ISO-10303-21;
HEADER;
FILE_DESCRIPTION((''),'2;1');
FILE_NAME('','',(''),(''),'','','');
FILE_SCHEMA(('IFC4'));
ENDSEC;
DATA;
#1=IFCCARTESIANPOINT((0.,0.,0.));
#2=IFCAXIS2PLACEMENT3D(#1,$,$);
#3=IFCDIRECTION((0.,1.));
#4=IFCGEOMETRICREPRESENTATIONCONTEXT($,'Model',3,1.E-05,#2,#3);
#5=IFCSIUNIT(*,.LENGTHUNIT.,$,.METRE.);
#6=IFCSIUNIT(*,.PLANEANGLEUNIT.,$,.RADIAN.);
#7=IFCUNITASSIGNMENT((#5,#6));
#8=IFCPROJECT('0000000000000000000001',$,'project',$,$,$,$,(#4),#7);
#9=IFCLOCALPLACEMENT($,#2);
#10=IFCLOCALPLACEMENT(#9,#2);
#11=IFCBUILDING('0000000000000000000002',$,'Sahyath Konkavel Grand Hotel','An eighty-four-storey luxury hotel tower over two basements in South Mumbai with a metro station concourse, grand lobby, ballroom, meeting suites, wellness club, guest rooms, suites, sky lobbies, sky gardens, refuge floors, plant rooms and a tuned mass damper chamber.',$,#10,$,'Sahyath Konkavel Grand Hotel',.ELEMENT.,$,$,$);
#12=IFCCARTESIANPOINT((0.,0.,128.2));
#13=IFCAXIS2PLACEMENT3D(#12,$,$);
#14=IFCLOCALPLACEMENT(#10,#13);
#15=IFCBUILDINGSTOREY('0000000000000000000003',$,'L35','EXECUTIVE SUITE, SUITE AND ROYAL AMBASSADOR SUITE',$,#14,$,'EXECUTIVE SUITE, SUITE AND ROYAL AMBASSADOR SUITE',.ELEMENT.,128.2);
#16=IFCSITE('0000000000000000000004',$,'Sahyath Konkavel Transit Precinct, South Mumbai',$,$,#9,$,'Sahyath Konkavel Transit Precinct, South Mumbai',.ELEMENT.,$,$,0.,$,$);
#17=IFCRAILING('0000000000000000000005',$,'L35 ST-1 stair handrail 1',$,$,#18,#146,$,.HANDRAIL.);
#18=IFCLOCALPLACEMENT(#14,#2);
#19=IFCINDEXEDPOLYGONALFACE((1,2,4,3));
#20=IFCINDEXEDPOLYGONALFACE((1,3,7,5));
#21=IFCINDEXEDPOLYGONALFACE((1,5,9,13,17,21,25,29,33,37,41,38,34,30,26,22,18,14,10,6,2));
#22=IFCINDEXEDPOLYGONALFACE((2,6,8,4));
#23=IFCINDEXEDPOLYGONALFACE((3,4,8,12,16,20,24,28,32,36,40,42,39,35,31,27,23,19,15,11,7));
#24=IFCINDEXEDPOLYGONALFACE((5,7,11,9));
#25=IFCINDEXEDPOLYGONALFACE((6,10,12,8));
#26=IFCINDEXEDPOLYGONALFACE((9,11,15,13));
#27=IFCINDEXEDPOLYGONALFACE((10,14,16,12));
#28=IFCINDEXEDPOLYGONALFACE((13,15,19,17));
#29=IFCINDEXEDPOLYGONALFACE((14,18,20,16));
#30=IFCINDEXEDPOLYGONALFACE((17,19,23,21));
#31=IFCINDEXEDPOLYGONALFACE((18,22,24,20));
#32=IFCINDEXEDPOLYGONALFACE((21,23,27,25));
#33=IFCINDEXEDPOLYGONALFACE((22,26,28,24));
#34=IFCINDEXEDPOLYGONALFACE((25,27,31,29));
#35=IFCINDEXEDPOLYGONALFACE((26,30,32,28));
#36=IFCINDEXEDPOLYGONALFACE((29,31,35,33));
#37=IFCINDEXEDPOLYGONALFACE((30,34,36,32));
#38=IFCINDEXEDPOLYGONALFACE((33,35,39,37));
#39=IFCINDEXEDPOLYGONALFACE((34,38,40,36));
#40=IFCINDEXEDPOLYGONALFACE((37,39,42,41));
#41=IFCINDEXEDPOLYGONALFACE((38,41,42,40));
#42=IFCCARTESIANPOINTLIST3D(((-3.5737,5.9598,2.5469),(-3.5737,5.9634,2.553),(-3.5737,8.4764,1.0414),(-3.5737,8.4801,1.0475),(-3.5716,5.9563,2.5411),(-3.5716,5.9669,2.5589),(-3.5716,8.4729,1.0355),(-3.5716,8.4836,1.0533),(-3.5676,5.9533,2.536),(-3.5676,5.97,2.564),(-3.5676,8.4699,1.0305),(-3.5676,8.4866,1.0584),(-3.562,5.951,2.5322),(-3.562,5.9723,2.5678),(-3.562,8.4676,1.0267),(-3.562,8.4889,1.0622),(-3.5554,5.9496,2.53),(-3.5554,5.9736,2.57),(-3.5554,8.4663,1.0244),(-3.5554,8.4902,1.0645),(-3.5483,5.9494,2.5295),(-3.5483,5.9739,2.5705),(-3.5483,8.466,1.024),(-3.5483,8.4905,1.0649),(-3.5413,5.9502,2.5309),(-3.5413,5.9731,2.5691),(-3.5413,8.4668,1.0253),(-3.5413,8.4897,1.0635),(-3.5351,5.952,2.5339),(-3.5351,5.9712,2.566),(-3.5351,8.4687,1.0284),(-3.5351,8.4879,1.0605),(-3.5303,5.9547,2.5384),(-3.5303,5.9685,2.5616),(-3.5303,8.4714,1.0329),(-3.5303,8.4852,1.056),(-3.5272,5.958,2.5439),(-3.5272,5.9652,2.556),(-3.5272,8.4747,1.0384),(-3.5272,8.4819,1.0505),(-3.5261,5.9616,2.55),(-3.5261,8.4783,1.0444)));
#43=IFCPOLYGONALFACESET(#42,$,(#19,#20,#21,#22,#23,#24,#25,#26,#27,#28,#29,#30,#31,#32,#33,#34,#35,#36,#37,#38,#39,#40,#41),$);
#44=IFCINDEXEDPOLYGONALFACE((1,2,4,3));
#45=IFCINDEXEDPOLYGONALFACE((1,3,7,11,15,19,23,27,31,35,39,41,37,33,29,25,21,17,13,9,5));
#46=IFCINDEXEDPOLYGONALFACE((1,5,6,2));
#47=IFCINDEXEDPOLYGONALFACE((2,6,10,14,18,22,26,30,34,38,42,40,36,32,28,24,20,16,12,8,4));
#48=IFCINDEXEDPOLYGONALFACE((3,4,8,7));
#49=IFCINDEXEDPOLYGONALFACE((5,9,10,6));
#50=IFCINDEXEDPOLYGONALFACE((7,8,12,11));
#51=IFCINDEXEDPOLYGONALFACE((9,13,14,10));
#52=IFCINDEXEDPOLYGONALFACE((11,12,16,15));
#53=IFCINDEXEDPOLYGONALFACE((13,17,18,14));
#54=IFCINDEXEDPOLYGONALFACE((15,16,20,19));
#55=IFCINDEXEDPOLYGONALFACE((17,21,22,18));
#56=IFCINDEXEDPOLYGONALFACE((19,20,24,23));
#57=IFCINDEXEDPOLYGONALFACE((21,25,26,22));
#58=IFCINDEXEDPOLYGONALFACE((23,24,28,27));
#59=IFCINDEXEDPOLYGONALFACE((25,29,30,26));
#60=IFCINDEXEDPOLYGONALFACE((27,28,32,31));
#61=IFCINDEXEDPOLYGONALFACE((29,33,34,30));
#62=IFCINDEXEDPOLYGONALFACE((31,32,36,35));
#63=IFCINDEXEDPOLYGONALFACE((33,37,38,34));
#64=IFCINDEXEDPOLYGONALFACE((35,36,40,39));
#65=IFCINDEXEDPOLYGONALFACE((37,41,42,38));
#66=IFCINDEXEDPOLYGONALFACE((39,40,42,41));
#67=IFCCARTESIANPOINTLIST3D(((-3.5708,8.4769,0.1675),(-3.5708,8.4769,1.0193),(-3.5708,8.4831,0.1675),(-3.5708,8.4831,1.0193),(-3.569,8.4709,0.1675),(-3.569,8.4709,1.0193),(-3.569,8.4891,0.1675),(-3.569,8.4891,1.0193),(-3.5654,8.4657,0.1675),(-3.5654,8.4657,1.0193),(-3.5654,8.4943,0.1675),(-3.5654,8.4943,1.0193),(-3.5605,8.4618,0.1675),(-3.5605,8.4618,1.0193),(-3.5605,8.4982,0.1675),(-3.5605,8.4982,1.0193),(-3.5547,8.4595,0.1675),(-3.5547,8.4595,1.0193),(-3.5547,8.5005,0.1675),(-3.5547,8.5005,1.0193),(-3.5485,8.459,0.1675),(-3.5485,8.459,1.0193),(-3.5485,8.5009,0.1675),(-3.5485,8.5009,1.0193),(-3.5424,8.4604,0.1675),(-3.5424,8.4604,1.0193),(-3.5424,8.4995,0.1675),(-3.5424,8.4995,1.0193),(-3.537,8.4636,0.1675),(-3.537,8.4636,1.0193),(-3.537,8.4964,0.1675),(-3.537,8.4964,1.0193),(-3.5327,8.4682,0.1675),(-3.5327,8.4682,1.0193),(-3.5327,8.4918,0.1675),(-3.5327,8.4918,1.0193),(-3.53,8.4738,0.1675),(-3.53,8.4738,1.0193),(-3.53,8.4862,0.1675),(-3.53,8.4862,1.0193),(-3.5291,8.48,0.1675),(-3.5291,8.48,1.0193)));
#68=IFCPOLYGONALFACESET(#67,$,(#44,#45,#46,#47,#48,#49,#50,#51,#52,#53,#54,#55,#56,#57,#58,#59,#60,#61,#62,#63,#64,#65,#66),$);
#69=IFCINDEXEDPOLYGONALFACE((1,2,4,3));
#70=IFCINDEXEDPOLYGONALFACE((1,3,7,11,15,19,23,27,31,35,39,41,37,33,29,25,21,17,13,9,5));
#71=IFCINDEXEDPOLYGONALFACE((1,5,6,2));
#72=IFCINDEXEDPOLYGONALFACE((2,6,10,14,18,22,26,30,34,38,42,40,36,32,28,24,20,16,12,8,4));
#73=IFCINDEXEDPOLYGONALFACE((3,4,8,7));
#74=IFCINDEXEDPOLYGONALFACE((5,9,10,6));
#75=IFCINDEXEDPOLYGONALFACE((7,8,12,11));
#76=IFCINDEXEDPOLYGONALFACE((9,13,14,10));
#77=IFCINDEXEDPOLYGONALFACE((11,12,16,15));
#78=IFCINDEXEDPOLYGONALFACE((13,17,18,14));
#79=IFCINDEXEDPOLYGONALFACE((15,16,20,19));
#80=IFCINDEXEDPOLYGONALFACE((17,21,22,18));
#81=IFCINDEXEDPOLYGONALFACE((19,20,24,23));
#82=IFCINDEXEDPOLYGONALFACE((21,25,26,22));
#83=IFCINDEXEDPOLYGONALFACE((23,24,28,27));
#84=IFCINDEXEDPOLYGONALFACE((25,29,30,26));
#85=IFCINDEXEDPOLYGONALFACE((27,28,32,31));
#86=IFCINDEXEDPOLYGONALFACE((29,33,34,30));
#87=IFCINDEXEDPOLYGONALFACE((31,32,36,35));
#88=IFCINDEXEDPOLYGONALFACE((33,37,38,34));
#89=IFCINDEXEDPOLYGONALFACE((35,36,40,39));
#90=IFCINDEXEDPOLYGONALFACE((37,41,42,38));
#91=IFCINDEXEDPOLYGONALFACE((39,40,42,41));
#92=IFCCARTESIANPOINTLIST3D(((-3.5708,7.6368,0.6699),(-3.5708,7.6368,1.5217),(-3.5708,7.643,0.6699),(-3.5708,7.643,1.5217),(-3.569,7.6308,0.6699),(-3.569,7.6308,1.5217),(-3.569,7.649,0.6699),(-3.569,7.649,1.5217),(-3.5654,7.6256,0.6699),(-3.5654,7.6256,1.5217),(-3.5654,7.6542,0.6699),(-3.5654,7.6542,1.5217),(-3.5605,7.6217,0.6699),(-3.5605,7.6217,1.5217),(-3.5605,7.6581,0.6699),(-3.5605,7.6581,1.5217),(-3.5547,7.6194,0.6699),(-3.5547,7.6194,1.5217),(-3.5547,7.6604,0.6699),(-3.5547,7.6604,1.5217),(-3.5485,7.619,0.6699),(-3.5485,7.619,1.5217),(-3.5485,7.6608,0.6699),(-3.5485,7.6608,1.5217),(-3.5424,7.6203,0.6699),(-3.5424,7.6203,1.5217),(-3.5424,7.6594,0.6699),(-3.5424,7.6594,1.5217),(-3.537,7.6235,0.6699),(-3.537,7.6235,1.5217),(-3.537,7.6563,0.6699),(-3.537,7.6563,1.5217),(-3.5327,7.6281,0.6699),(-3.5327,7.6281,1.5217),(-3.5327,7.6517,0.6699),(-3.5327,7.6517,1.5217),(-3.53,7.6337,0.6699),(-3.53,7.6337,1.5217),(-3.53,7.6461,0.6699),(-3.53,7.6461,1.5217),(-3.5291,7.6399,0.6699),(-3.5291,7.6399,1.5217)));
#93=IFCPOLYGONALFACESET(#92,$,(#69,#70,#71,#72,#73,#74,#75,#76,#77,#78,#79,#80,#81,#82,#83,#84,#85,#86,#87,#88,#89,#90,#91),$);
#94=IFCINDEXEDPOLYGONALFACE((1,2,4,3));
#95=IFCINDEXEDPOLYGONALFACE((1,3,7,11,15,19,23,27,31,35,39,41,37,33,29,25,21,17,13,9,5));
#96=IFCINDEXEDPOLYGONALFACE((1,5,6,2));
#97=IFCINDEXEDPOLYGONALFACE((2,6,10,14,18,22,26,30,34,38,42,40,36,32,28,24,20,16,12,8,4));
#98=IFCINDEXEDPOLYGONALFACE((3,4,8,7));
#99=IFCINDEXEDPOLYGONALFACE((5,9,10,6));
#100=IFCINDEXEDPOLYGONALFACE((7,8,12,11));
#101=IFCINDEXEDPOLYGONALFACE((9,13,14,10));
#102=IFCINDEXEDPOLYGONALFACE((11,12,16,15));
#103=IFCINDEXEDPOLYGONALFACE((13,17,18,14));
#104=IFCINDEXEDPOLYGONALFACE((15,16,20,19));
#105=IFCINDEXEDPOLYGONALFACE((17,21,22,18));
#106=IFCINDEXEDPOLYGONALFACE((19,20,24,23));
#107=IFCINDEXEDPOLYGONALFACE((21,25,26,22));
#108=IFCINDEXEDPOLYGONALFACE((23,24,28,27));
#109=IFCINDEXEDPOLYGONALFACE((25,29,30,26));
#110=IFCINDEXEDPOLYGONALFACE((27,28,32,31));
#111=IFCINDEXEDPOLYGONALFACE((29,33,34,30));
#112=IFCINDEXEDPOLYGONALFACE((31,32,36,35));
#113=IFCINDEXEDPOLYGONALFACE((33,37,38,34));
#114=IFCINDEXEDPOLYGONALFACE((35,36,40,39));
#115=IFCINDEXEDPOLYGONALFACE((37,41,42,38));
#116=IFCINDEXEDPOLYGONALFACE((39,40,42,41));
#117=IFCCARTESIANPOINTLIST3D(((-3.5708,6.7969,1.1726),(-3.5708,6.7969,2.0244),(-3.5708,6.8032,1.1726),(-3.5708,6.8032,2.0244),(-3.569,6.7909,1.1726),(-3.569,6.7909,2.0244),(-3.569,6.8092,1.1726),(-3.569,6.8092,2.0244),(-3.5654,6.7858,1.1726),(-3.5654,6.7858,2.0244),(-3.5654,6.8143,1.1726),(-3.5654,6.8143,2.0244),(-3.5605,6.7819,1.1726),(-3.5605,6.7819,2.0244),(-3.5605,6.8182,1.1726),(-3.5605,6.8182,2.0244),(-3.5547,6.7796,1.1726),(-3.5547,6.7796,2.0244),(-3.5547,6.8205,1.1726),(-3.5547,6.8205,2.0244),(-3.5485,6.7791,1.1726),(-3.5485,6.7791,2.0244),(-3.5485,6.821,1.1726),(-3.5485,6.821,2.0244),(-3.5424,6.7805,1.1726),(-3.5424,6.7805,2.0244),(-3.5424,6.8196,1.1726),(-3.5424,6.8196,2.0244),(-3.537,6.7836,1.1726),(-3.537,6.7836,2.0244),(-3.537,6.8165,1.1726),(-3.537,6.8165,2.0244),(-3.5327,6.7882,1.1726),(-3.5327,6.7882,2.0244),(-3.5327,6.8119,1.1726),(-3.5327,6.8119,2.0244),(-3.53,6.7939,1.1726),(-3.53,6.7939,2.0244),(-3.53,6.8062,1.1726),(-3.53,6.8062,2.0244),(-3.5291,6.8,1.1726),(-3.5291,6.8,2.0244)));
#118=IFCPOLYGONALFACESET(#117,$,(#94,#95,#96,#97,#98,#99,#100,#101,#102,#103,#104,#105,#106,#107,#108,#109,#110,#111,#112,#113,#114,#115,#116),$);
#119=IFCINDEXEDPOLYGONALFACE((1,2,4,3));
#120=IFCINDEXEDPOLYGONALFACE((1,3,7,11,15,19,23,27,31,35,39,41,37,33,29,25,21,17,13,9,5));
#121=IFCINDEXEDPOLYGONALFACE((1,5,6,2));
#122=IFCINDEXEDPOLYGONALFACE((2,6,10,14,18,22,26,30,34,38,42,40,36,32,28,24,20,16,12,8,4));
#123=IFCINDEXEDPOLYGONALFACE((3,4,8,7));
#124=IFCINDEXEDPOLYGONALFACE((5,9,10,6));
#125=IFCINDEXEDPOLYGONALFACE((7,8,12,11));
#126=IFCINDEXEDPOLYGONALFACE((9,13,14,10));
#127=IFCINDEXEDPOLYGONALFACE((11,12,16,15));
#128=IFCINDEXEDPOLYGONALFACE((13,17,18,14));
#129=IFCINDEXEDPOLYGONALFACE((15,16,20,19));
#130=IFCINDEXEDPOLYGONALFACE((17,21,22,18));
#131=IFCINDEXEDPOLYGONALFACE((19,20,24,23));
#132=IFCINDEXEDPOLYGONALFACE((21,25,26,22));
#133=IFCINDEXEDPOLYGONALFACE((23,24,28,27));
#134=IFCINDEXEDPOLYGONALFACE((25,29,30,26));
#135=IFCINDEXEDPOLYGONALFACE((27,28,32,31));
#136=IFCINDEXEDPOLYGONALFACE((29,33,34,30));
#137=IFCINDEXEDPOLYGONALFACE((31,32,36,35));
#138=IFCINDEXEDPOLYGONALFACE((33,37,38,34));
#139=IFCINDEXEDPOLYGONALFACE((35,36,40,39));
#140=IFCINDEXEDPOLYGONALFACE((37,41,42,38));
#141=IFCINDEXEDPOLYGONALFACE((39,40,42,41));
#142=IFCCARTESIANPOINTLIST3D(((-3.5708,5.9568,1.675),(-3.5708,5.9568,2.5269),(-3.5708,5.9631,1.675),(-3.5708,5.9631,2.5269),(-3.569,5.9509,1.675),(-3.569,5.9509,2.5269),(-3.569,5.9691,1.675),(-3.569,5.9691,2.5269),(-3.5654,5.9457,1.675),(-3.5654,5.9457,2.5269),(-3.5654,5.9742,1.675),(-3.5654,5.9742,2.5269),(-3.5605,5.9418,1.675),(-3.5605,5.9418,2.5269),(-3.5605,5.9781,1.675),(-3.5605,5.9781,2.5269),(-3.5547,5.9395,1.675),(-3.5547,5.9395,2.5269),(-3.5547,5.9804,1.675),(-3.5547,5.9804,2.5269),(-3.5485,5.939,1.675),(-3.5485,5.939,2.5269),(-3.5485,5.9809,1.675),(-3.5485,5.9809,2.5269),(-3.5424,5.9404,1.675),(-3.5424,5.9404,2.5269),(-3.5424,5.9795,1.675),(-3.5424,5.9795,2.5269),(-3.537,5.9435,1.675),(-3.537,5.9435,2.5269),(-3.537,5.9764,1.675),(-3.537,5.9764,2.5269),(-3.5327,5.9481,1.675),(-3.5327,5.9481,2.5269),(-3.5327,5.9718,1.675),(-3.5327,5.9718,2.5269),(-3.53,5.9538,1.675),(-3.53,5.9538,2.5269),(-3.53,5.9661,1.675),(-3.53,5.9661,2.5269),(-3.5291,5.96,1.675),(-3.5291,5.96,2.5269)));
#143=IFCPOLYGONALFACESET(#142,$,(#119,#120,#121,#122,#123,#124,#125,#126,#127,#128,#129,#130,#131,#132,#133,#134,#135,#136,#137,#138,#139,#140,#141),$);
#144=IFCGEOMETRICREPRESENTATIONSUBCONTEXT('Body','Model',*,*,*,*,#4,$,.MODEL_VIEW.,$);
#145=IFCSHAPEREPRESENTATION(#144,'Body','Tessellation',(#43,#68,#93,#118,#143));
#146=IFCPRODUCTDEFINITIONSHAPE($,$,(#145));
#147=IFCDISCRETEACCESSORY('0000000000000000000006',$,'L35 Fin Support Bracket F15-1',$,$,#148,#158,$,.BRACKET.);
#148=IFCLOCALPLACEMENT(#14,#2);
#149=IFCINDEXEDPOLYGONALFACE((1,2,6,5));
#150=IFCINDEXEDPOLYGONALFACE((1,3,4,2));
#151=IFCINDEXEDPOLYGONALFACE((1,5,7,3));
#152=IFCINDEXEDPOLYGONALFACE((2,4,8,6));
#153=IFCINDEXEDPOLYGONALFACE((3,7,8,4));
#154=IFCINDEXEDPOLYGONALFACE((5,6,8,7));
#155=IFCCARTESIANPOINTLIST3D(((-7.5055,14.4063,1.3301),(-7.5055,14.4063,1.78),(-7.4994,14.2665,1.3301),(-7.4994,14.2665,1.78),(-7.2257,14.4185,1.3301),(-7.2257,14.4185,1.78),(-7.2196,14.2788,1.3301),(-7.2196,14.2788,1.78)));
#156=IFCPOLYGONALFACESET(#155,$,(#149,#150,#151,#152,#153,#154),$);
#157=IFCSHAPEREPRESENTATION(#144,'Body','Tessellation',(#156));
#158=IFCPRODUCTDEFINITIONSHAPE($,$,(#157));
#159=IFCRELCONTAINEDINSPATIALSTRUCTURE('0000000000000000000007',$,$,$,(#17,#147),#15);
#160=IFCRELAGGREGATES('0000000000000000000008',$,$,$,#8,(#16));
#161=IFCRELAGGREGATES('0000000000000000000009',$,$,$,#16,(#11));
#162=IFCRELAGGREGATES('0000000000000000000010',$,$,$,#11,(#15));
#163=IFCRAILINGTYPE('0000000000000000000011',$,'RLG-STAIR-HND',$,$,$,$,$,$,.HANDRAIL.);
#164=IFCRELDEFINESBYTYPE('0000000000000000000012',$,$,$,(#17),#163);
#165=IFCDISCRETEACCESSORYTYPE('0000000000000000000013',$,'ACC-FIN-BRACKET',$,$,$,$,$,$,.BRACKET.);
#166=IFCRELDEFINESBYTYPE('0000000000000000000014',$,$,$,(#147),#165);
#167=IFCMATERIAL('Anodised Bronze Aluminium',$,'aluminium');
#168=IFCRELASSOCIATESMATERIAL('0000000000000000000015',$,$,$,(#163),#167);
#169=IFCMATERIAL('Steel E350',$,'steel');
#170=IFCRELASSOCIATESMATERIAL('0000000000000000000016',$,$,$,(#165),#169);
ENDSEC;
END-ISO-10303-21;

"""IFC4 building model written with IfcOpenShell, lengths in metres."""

from ifc_helpers import new_model, si_unit, direction, frame, origin, origin_2d, place, context, subcontext, project, spatial, rectangle, circle, extrude, source, transform, mapped, material, type_object, element, save


model = new_model("IFC4")

# Units and contexts
model_context = context("Model", 3, precision=1e-05, world=origin(), true_north=direction((0.0, 1.0)))
body_context = subcontext(model_context, "Body", "Model", "MODEL_VIEW")
ifc_project = project(units=[si_unit("LENGTHUNIT", "METRE"), si_unit("PLANEANGLEUNIT", "RADIAN")], contexts=[model_context])

# Site, building, storey
site_placement = place(None, origin())
site = spatial("IfcSite", under=ifc_project, at=site_placement, Name="Sahyath Konkavel Transit Precinct, South Mumbai", LongName="Sahyath Konkavel Transit Precinct, South Mumbai", CompositionType="ELEMENT", RefElevation=0.0)
building_placement = place(site_placement, origin())
building = spatial("IfcBuilding", under=site, at=building_placement, Name="Sahyath Konkavel Grand Hotel", Description="An eighty-four-storey luxury hotel tower over two basements in South Mumbai with a metro station concourse, grand lobby, ballroom, meeting suites, wellness club, guest rooms, suites, sky lobbies, sky gardens, refuge floors, plant rooms and a tuned mass damper chamber.", LongName="Sahyath Konkavel Grand Hotel", CompositionType="ELEMENT")
storey_placement = place(building_placement, frame((0.0, 0.0, 128.2)))
storey = spatial("IfcBuildingStorey", under=building, at=storey_placement, Name="L35", Description="EXECUTIVE SUITE, SUITE AND ROYAL AMBASSADOR SUITE", LongName="EXECUTIVE SUITE, SUITE AND ROYAL AMBASSADOR SUITE", CompositionType="ELEMENT", Elevation=128.2)

# Shared definitions
ifc_material_1 = material(Name="Steel E350", Category="steel")

# Shared definitions
ifc_material_2 = material(Name="Anodised Bronze Aluminium", Category="aluminium")

# Railing
railing_type_1 = type_object("IfcRailingType", Name="RLG-STAIR-HND", PredefinedType="HANDRAIL", material=ifc_material_2)
railing_1_placement = place(storey_placement, frame((-3.55, 8.48, 0.1675)))
element("IfcRailing", 1, at=railing_1_placement, inside=storey, type_object=railing_type_1, Name="L35 ST-1 stair handrail 1", PredefinedType="HANDRAIL", context=body_context, shape_type="SweptSolid", body=[
    extrude(circle(Radius=0.0239, at=origin_2d()), frame((0.0, -0.0017, 0.877), z_axis=(0.0, -0.85816, 0.513383), x_axis=(1.0, 0.0, 0.0)), (0.0, 0.0, 1.0), 2.9326),
    extrude(circle(Radius=0.021, at=origin_2d()), origin(), (0.0, 0.0, 1.0), 0.8518),
    extrude(circle(Radius=0.021, at=origin_2d()), frame((0.0, -0.8401, 0.5024)), (0.0, 0.0, 1.0), 0.8518),
    extrude(circle(Radius=0.021, at=origin_2d()), frame((0.0, -1.6799, 1.0051)), (0.0, 0.0, 1.0), 0.8518),
    extrude(circle(Radius=0.021, at=origin_2d()), frame((0.0, -2.52, 1.5076)), (0.0, 0.0, 1.0), 0.8518),
])

# Discrete accessory
discrete_accessory_type = type_object("IfcDiscreteAccessoryType", Name="ACC-FIN-BRACKET", PredefinedType="BRACKET", material=ifc_material_1)
shared_shape_1 = source(origin(), body_context, "Body", "SweptSolid", [
    extrude(rectangle(XDim=0.28, YDim=0.1399, at=origin_2d()), origin(), (0.0, 0.0, 1.0), 0.45),
])
discrete_accessory_placement = place(storey_placement, frame((-7.3625, 14.3425, 1.3301), z_axis=(0.0, 0.0, 1.0), x_axis=(-0.999048, -0.043619, 0.0)))
element("IfcDiscreteAccessory", 2, at=discrete_accessory_placement, inside=storey, type_object=discrete_accessory_type, Name="L35 Fin Support Bracket F15-1", PredefinedType="BRACKET", context=body_context, shape_type="MappedRepresentation", body=[
    mapped(shared_shape_1, transform((0.0, 0.0, 0.0), scale=1.0)),
])

save(model, "model.ifc")
